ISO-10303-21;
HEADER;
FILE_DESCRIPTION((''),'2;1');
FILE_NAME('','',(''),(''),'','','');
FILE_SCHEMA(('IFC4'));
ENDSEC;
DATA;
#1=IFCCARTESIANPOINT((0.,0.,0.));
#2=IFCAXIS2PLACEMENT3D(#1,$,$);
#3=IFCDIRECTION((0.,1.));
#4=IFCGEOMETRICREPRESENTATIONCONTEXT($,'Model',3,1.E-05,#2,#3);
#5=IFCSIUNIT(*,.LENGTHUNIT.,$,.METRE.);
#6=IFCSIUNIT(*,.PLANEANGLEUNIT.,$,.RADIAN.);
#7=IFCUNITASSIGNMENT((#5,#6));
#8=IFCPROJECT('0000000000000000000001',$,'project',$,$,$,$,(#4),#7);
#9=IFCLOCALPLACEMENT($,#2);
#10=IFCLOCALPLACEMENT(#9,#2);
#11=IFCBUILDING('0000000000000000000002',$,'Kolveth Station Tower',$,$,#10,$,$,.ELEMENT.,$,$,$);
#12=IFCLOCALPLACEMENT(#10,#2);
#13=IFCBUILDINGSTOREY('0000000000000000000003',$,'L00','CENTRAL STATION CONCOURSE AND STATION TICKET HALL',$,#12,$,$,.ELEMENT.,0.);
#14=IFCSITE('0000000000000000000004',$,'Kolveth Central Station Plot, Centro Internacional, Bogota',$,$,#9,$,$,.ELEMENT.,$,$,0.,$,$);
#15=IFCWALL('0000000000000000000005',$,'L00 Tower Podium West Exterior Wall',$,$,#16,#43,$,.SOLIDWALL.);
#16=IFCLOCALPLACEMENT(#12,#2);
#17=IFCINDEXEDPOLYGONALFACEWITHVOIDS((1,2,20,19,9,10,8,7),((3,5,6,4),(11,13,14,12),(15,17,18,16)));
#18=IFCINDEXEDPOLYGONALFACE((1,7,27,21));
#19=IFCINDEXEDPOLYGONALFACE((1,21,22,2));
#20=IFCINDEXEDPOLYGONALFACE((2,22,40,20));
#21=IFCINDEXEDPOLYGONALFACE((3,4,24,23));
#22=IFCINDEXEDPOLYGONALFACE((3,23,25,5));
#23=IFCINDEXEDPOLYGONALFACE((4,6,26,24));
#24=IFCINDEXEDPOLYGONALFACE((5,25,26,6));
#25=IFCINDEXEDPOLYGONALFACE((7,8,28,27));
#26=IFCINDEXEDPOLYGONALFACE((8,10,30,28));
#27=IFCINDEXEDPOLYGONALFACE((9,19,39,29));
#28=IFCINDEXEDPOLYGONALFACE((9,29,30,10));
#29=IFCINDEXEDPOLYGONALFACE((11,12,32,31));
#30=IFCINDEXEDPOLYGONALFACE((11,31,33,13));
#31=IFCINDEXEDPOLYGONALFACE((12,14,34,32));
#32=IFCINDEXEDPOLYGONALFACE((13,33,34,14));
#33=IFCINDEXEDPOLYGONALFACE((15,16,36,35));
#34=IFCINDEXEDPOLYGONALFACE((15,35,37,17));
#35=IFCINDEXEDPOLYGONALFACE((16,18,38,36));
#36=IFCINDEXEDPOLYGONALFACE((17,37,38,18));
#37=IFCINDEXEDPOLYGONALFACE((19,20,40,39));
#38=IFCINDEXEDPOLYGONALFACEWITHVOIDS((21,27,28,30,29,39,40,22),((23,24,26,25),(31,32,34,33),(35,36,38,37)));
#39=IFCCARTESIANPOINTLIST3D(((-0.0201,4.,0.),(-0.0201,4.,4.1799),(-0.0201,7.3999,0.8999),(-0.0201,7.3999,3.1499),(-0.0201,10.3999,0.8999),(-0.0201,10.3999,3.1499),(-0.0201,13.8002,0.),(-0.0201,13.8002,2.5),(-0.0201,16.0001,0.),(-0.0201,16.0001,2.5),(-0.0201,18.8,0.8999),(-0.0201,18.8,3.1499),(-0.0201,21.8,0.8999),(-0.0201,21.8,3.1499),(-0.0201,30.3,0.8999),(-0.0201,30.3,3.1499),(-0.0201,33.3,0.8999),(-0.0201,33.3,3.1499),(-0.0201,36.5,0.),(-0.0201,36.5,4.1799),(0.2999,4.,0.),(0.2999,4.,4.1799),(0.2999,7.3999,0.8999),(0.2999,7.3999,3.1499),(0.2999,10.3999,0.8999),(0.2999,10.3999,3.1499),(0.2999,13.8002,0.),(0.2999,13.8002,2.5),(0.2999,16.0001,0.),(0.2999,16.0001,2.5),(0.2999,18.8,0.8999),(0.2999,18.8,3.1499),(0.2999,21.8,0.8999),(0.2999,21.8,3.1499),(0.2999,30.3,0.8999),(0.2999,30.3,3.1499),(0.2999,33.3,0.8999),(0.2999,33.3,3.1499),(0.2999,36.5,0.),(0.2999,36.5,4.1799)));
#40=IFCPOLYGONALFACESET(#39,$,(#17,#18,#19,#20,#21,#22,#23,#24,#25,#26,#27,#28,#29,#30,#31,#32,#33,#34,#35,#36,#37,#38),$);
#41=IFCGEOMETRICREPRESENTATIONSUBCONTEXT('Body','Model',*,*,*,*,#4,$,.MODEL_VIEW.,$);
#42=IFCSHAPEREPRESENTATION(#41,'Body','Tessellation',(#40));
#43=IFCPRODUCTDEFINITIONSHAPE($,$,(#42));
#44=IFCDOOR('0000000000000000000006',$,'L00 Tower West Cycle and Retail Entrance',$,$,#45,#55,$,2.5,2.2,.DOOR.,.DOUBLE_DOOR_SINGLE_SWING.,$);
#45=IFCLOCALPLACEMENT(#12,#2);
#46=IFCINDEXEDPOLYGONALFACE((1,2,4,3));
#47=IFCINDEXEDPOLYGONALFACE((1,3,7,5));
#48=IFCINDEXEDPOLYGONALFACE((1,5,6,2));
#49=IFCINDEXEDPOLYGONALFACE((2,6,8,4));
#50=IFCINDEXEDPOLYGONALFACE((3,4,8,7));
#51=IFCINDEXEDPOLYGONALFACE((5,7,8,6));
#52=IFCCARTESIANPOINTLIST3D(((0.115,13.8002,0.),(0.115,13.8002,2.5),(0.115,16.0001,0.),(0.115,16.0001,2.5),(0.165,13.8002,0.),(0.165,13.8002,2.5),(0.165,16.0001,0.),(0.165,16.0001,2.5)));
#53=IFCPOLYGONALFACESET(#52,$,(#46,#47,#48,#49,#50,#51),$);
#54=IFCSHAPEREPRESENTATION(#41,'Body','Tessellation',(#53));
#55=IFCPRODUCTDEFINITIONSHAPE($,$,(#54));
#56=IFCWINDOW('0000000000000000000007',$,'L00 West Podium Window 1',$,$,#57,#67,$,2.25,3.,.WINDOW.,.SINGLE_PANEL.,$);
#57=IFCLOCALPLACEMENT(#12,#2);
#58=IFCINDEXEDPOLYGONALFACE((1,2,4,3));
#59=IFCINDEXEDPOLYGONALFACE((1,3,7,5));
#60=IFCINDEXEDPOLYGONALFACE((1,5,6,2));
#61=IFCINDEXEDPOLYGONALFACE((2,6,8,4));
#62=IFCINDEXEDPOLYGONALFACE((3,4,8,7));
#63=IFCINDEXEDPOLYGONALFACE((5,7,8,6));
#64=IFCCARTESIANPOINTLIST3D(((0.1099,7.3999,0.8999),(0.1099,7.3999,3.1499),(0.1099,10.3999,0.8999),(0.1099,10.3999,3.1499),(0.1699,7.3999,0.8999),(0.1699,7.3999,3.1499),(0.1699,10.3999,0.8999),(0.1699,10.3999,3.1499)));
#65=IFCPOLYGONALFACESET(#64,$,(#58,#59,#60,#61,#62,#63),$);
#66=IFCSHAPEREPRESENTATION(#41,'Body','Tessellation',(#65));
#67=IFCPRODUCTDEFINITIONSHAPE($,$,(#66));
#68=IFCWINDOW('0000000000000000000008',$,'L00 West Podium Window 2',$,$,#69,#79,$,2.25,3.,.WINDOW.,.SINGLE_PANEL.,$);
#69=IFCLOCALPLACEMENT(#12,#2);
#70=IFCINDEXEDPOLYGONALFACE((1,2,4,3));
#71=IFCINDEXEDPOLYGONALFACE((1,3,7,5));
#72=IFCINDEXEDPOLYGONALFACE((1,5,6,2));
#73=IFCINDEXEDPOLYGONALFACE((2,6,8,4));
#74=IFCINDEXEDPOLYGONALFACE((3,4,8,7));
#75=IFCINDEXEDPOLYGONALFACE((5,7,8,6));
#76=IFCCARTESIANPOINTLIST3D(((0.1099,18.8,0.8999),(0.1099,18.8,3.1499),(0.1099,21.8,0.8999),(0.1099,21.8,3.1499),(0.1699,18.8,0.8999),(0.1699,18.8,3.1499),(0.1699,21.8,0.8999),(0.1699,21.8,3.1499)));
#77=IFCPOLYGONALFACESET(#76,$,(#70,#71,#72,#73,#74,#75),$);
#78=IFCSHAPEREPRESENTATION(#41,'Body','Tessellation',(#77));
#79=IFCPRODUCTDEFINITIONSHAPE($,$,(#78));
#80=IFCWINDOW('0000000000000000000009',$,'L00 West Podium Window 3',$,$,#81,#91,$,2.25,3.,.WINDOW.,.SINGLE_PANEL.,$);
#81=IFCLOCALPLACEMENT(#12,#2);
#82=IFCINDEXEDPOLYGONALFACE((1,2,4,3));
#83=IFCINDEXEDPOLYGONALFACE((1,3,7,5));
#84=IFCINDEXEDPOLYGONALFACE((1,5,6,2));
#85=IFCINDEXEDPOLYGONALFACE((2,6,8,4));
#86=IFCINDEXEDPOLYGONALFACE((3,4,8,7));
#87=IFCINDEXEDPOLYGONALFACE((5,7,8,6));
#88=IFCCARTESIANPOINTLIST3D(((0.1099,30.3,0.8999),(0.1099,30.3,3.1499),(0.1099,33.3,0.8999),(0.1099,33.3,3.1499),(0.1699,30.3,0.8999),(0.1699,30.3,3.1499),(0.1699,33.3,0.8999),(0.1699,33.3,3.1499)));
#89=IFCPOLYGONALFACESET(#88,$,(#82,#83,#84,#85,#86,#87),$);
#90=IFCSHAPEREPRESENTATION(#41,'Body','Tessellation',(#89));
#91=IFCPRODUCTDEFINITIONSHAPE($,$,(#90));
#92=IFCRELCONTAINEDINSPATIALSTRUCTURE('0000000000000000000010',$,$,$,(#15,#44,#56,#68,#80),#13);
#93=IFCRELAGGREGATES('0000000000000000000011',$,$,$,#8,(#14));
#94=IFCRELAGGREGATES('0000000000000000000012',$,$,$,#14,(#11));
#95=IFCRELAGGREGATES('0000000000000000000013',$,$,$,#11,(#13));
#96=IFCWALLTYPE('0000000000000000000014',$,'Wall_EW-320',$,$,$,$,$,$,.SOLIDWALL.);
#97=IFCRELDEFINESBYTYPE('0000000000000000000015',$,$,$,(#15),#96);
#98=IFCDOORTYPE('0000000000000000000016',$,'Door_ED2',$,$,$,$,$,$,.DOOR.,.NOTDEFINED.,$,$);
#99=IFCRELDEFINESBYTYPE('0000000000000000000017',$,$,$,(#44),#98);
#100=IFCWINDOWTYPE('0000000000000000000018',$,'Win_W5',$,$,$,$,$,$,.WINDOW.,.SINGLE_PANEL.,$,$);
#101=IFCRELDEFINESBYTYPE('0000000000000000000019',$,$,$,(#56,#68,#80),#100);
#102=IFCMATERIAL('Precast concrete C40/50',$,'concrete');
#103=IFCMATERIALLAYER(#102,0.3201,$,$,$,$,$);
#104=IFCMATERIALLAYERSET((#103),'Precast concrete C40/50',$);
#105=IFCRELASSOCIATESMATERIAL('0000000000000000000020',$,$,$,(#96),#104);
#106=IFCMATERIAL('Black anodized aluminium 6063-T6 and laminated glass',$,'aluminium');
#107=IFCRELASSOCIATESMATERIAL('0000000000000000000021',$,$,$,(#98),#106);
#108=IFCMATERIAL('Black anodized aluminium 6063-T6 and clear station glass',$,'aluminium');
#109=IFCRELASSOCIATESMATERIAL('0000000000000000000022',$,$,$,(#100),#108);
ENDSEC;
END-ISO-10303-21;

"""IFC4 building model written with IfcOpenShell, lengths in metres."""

from ifc_helpers import new_model, si_unit, direction, frame, frame_2d, origin, place, context, subcontext, project, spatial, rectangle, extrude, material, layer, layer_set, type_object, element, fill, save


model = new_model("IFC4")

# Units and contexts
model_context = context("Model", 3, precision=1e-05, world=origin(), true_north=direction((0.0, 1.0)))
body_context = subcontext(model_context, "Body", "Model", "MODEL_VIEW")
ifc_project = project(units=[si_unit("LENGTHUNIT", "METRE"), si_unit("PLANEANGLEUNIT", "RADIAN")], contexts=[model_context])

# Site, building, storey
site_placement = place(None, origin())
site = spatial("IfcSite", under=ifc_project, at=site_placement, Name="Kolveth Central Station Plot, Centro Internacional, Bogota", CompositionType="ELEMENT", RefElevation=0.0)
building_placement = place(site_placement, origin())
building = spatial("IfcBuilding", under=site, at=building_placement, Name="Kolveth Station Tower", CompositionType="ELEMENT")
storey_placement = place(building_placement, origin())
storey = spatial("IfcBuildingStorey", under=building, at=storey_placement, Name="L00", Description="CENTRAL STATION CONCOURSE AND STATION TICKET HALL", CompositionType="ELEMENT", Elevation=0.0)

# Shared definitions
ifc_material_1 = material(Name="Precast concrete C40/50", Category="concrete")

# Wall, openings, door, windows
ifc_layer_1 = layer(ifc_material_1, 0.3201)
ifc_layer_set_1 = layer_set([ifc_layer_1], Name="Precast concrete C40/50")
wall_type_1 = type_object("IfcWallType", Name="Wall_EW-320", PredefinedType="SOLIDWALL", material=ifc_layer_set_1)
wall_1_placement = place(storey_placement, frame((0.1399, 4.0, 0.0), z_axis=(0.0, 0.0, 1.0), x_axis=(0.0, 1.0, 0.0)))
wall_1 = element("IfcWall", 1, at=wall_1_placement, inside=storey, type_object=wall_type_1, Name="L00 Tower Podium West Exterior Wall", PredefinedType="SOLIDWALL", context=body_context, shape_type="SweptSolid", body=[
    extrude(rectangle(XDim=32.5, YDim=0.3201, at=frame_2d((16.25, 0.0))), origin(), (0.0, 0.0, 1.0), 4.1799),
])
opening_1_placement = place(wall_1_placement, frame((9.8, 0.0, 0.0)))
opening_1 = element("IfcOpeningElement", 2, at=opening_1_placement, cuts=wall_1, PredefinedType="OPENING", context=body_context, shape_type="SweptSolid", body=[
    extrude(rectangle(XDim=2.2, YDim=2.5, at=frame_2d((1.1001, 1.25))), frame((0.0, 0.1699, 0.0), z_axis=(0.0, -1.0, 0.0), x_axis=(1.0, 0.0, 0.0)), (0.0, 0.0, 1.0), 0.3401),
])
opening_2_placement = place(wall_1_placement, frame((3.3999, 0.0, 0.8999)))
opening_2 = element("IfcOpeningElement", 3, at=opening_2_placement, cuts=wall_1, PredefinedType="OPENING", context=body_context, shape_type="SweptSolid", body=[
    extrude(rectangle(XDim=3.0, YDim=2.25, at=frame_2d((1.5, 1.125))), frame((0.0, 0.1699, 0.0), z_axis=(0.0, -1.0, 0.0), x_axis=(1.0, 0.0, 0.0)), (0.0, 0.0, 1.0), 0.3401),
])
opening_3_placement = place(wall_1_placement, frame((14.8, 0.0, 0.8999)))
opening_3 = element("IfcOpeningElement", 4, at=opening_3_placement, cuts=wall_1, PredefinedType="OPENING", context=body_context, shape_type="SweptSolid", body=[
    extrude(rectangle(XDim=3.0, YDim=2.25, at=frame_2d((1.5, 1.125))), frame((0.0, 0.1699, 0.0), z_axis=(0.0, -1.0, 0.0), x_axis=(1.0, 0.0, 0.0)), (0.0, 0.0, 1.0), 0.3401),
])
opening_4_placement = place(wall_1_placement, frame((26.3, 0.0, 0.8999)))
opening_4 = element("IfcOpeningElement", 5, at=opening_4_placement, cuts=wall_1, PredefinedType="OPENING", context=body_context, shape_type="SweptSolid", body=[
    extrude(rectangle(XDim=3.0, YDim=2.25, at=frame_2d((1.5, 1.125))), frame((0.0, 0.1699, 0.0), z_axis=(0.0, -1.0, 0.0), x_axis=(1.0, 0.0, 0.0)), (0.0, 0.0, 1.0), 0.3401),
])
ifc_material_2 = material(Name="Black anodized aluminium 6063-T6 and laminated glass", Category="aluminium")
door_type_1 = type_object("IfcDoorType", Name="Door_ED2", OperationType="NOTDEFINED", PredefinedType="DOOR", material=ifc_material_2)
door_1_placement = place(opening_1_placement, origin())
door_1 = element("IfcDoor", 6, at=door_1_placement, inside=storey, type_object=door_type_1, Name="L00 Tower West Cycle and Retail Entrance", OperationType="DOUBLE_DOOR_SINGLE_SWING", OverallHeight=2.5, OverallWidth=2.2, PredefinedType="DOOR", context=body_context, shape_type="SweptSolid", body=[
    extrude(rectangle(XDim=2.2, YDim=2.5, at=frame_2d((1.1001, 1.25))), frame((0.0, 0.0249, 0.0), z_axis=(0.0, -1.0, 0.0), x_axis=(1.0, 0.0, 0.0)), (0.0, 0.0, 1.0), 0.05),
])
fill(opening_1, door_1)
ifc_material_3 = material(Name="Black anodized aluminium 6063-T6 and clear station glass", Category="aluminium")
window_type = type_object("IfcWindowType", Name="Win_W5", PartitioningType="SINGLE_PANEL", PredefinedType="WINDOW", material=ifc_material_3)
window_1_placement = place(opening_2_placement, origin())
window_1 = element("IfcWindow", 7, at=window_1_placement, inside=storey, type_object=window_type, Name="L00 West Podium Window 1", OverallHeight=2.25, OverallWidth=3.0, PartitioningType="SINGLE_PANEL", PredefinedType="WINDOW", context=body_context, shape_type="SweptSolid", body=[
    extrude(rectangle(XDim=3.0, YDim=2.25, at=frame_2d((1.5, 1.125))), frame((0.0, 0.03, 0.0), z_axis=(0.0, -1.0, 0.0), x_axis=(1.0, 0.0, 0.0)), (0.0, 0.0, 1.0), 0.0601),
])
fill(opening_2, window_1)
window_2_placement = place(opening_3_placement, origin())
window_2 = element("IfcWindow", 8, at=window_2_placement, inside=storey, type_object=window_type, Name="L00 West Podium Window 2", OverallHeight=2.25, OverallWidth=3.0, PartitioningType="SINGLE_PANEL", PredefinedType="WINDOW", context=body_context, shape_type="SweptSolid", body=[
    extrude(rectangle(XDim=3.0, YDim=2.25, at=frame_2d((1.5, 1.125))), frame((0.0, 0.03, 0.0), z_axis=(0.0, -1.0, 0.0), x_axis=(1.0, 0.0, 0.0)), (0.0, 0.0, 1.0), 0.0601),
])
fill(opening_3, window_2)
window_3_placement = place(opening_4_placement, origin())
window_3 = element("IfcWindow", 9, at=window_3_placement, inside=storey, type_object=window_type, Name="L00 West Podium Window 3", OverallHeight=2.25, OverallWidth=3.0, PartitioningType="SINGLE_PANEL", PredefinedType="WINDOW", context=body_context, shape_type="SweptSolid", body=[
    extrude(rectangle(XDim=3.0, YDim=2.25, at=frame_2d((1.5, 1.125))), frame((0.0, 0.03, 0.0), z_axis=(0.0, -1.0, 0.0), x_axis=(1.0, 0.0, 0.0)), (0.0, 0.0, 1.0), 0.0601),
])
fill(opening_4, window_3)

save(model, "model.ifc")
